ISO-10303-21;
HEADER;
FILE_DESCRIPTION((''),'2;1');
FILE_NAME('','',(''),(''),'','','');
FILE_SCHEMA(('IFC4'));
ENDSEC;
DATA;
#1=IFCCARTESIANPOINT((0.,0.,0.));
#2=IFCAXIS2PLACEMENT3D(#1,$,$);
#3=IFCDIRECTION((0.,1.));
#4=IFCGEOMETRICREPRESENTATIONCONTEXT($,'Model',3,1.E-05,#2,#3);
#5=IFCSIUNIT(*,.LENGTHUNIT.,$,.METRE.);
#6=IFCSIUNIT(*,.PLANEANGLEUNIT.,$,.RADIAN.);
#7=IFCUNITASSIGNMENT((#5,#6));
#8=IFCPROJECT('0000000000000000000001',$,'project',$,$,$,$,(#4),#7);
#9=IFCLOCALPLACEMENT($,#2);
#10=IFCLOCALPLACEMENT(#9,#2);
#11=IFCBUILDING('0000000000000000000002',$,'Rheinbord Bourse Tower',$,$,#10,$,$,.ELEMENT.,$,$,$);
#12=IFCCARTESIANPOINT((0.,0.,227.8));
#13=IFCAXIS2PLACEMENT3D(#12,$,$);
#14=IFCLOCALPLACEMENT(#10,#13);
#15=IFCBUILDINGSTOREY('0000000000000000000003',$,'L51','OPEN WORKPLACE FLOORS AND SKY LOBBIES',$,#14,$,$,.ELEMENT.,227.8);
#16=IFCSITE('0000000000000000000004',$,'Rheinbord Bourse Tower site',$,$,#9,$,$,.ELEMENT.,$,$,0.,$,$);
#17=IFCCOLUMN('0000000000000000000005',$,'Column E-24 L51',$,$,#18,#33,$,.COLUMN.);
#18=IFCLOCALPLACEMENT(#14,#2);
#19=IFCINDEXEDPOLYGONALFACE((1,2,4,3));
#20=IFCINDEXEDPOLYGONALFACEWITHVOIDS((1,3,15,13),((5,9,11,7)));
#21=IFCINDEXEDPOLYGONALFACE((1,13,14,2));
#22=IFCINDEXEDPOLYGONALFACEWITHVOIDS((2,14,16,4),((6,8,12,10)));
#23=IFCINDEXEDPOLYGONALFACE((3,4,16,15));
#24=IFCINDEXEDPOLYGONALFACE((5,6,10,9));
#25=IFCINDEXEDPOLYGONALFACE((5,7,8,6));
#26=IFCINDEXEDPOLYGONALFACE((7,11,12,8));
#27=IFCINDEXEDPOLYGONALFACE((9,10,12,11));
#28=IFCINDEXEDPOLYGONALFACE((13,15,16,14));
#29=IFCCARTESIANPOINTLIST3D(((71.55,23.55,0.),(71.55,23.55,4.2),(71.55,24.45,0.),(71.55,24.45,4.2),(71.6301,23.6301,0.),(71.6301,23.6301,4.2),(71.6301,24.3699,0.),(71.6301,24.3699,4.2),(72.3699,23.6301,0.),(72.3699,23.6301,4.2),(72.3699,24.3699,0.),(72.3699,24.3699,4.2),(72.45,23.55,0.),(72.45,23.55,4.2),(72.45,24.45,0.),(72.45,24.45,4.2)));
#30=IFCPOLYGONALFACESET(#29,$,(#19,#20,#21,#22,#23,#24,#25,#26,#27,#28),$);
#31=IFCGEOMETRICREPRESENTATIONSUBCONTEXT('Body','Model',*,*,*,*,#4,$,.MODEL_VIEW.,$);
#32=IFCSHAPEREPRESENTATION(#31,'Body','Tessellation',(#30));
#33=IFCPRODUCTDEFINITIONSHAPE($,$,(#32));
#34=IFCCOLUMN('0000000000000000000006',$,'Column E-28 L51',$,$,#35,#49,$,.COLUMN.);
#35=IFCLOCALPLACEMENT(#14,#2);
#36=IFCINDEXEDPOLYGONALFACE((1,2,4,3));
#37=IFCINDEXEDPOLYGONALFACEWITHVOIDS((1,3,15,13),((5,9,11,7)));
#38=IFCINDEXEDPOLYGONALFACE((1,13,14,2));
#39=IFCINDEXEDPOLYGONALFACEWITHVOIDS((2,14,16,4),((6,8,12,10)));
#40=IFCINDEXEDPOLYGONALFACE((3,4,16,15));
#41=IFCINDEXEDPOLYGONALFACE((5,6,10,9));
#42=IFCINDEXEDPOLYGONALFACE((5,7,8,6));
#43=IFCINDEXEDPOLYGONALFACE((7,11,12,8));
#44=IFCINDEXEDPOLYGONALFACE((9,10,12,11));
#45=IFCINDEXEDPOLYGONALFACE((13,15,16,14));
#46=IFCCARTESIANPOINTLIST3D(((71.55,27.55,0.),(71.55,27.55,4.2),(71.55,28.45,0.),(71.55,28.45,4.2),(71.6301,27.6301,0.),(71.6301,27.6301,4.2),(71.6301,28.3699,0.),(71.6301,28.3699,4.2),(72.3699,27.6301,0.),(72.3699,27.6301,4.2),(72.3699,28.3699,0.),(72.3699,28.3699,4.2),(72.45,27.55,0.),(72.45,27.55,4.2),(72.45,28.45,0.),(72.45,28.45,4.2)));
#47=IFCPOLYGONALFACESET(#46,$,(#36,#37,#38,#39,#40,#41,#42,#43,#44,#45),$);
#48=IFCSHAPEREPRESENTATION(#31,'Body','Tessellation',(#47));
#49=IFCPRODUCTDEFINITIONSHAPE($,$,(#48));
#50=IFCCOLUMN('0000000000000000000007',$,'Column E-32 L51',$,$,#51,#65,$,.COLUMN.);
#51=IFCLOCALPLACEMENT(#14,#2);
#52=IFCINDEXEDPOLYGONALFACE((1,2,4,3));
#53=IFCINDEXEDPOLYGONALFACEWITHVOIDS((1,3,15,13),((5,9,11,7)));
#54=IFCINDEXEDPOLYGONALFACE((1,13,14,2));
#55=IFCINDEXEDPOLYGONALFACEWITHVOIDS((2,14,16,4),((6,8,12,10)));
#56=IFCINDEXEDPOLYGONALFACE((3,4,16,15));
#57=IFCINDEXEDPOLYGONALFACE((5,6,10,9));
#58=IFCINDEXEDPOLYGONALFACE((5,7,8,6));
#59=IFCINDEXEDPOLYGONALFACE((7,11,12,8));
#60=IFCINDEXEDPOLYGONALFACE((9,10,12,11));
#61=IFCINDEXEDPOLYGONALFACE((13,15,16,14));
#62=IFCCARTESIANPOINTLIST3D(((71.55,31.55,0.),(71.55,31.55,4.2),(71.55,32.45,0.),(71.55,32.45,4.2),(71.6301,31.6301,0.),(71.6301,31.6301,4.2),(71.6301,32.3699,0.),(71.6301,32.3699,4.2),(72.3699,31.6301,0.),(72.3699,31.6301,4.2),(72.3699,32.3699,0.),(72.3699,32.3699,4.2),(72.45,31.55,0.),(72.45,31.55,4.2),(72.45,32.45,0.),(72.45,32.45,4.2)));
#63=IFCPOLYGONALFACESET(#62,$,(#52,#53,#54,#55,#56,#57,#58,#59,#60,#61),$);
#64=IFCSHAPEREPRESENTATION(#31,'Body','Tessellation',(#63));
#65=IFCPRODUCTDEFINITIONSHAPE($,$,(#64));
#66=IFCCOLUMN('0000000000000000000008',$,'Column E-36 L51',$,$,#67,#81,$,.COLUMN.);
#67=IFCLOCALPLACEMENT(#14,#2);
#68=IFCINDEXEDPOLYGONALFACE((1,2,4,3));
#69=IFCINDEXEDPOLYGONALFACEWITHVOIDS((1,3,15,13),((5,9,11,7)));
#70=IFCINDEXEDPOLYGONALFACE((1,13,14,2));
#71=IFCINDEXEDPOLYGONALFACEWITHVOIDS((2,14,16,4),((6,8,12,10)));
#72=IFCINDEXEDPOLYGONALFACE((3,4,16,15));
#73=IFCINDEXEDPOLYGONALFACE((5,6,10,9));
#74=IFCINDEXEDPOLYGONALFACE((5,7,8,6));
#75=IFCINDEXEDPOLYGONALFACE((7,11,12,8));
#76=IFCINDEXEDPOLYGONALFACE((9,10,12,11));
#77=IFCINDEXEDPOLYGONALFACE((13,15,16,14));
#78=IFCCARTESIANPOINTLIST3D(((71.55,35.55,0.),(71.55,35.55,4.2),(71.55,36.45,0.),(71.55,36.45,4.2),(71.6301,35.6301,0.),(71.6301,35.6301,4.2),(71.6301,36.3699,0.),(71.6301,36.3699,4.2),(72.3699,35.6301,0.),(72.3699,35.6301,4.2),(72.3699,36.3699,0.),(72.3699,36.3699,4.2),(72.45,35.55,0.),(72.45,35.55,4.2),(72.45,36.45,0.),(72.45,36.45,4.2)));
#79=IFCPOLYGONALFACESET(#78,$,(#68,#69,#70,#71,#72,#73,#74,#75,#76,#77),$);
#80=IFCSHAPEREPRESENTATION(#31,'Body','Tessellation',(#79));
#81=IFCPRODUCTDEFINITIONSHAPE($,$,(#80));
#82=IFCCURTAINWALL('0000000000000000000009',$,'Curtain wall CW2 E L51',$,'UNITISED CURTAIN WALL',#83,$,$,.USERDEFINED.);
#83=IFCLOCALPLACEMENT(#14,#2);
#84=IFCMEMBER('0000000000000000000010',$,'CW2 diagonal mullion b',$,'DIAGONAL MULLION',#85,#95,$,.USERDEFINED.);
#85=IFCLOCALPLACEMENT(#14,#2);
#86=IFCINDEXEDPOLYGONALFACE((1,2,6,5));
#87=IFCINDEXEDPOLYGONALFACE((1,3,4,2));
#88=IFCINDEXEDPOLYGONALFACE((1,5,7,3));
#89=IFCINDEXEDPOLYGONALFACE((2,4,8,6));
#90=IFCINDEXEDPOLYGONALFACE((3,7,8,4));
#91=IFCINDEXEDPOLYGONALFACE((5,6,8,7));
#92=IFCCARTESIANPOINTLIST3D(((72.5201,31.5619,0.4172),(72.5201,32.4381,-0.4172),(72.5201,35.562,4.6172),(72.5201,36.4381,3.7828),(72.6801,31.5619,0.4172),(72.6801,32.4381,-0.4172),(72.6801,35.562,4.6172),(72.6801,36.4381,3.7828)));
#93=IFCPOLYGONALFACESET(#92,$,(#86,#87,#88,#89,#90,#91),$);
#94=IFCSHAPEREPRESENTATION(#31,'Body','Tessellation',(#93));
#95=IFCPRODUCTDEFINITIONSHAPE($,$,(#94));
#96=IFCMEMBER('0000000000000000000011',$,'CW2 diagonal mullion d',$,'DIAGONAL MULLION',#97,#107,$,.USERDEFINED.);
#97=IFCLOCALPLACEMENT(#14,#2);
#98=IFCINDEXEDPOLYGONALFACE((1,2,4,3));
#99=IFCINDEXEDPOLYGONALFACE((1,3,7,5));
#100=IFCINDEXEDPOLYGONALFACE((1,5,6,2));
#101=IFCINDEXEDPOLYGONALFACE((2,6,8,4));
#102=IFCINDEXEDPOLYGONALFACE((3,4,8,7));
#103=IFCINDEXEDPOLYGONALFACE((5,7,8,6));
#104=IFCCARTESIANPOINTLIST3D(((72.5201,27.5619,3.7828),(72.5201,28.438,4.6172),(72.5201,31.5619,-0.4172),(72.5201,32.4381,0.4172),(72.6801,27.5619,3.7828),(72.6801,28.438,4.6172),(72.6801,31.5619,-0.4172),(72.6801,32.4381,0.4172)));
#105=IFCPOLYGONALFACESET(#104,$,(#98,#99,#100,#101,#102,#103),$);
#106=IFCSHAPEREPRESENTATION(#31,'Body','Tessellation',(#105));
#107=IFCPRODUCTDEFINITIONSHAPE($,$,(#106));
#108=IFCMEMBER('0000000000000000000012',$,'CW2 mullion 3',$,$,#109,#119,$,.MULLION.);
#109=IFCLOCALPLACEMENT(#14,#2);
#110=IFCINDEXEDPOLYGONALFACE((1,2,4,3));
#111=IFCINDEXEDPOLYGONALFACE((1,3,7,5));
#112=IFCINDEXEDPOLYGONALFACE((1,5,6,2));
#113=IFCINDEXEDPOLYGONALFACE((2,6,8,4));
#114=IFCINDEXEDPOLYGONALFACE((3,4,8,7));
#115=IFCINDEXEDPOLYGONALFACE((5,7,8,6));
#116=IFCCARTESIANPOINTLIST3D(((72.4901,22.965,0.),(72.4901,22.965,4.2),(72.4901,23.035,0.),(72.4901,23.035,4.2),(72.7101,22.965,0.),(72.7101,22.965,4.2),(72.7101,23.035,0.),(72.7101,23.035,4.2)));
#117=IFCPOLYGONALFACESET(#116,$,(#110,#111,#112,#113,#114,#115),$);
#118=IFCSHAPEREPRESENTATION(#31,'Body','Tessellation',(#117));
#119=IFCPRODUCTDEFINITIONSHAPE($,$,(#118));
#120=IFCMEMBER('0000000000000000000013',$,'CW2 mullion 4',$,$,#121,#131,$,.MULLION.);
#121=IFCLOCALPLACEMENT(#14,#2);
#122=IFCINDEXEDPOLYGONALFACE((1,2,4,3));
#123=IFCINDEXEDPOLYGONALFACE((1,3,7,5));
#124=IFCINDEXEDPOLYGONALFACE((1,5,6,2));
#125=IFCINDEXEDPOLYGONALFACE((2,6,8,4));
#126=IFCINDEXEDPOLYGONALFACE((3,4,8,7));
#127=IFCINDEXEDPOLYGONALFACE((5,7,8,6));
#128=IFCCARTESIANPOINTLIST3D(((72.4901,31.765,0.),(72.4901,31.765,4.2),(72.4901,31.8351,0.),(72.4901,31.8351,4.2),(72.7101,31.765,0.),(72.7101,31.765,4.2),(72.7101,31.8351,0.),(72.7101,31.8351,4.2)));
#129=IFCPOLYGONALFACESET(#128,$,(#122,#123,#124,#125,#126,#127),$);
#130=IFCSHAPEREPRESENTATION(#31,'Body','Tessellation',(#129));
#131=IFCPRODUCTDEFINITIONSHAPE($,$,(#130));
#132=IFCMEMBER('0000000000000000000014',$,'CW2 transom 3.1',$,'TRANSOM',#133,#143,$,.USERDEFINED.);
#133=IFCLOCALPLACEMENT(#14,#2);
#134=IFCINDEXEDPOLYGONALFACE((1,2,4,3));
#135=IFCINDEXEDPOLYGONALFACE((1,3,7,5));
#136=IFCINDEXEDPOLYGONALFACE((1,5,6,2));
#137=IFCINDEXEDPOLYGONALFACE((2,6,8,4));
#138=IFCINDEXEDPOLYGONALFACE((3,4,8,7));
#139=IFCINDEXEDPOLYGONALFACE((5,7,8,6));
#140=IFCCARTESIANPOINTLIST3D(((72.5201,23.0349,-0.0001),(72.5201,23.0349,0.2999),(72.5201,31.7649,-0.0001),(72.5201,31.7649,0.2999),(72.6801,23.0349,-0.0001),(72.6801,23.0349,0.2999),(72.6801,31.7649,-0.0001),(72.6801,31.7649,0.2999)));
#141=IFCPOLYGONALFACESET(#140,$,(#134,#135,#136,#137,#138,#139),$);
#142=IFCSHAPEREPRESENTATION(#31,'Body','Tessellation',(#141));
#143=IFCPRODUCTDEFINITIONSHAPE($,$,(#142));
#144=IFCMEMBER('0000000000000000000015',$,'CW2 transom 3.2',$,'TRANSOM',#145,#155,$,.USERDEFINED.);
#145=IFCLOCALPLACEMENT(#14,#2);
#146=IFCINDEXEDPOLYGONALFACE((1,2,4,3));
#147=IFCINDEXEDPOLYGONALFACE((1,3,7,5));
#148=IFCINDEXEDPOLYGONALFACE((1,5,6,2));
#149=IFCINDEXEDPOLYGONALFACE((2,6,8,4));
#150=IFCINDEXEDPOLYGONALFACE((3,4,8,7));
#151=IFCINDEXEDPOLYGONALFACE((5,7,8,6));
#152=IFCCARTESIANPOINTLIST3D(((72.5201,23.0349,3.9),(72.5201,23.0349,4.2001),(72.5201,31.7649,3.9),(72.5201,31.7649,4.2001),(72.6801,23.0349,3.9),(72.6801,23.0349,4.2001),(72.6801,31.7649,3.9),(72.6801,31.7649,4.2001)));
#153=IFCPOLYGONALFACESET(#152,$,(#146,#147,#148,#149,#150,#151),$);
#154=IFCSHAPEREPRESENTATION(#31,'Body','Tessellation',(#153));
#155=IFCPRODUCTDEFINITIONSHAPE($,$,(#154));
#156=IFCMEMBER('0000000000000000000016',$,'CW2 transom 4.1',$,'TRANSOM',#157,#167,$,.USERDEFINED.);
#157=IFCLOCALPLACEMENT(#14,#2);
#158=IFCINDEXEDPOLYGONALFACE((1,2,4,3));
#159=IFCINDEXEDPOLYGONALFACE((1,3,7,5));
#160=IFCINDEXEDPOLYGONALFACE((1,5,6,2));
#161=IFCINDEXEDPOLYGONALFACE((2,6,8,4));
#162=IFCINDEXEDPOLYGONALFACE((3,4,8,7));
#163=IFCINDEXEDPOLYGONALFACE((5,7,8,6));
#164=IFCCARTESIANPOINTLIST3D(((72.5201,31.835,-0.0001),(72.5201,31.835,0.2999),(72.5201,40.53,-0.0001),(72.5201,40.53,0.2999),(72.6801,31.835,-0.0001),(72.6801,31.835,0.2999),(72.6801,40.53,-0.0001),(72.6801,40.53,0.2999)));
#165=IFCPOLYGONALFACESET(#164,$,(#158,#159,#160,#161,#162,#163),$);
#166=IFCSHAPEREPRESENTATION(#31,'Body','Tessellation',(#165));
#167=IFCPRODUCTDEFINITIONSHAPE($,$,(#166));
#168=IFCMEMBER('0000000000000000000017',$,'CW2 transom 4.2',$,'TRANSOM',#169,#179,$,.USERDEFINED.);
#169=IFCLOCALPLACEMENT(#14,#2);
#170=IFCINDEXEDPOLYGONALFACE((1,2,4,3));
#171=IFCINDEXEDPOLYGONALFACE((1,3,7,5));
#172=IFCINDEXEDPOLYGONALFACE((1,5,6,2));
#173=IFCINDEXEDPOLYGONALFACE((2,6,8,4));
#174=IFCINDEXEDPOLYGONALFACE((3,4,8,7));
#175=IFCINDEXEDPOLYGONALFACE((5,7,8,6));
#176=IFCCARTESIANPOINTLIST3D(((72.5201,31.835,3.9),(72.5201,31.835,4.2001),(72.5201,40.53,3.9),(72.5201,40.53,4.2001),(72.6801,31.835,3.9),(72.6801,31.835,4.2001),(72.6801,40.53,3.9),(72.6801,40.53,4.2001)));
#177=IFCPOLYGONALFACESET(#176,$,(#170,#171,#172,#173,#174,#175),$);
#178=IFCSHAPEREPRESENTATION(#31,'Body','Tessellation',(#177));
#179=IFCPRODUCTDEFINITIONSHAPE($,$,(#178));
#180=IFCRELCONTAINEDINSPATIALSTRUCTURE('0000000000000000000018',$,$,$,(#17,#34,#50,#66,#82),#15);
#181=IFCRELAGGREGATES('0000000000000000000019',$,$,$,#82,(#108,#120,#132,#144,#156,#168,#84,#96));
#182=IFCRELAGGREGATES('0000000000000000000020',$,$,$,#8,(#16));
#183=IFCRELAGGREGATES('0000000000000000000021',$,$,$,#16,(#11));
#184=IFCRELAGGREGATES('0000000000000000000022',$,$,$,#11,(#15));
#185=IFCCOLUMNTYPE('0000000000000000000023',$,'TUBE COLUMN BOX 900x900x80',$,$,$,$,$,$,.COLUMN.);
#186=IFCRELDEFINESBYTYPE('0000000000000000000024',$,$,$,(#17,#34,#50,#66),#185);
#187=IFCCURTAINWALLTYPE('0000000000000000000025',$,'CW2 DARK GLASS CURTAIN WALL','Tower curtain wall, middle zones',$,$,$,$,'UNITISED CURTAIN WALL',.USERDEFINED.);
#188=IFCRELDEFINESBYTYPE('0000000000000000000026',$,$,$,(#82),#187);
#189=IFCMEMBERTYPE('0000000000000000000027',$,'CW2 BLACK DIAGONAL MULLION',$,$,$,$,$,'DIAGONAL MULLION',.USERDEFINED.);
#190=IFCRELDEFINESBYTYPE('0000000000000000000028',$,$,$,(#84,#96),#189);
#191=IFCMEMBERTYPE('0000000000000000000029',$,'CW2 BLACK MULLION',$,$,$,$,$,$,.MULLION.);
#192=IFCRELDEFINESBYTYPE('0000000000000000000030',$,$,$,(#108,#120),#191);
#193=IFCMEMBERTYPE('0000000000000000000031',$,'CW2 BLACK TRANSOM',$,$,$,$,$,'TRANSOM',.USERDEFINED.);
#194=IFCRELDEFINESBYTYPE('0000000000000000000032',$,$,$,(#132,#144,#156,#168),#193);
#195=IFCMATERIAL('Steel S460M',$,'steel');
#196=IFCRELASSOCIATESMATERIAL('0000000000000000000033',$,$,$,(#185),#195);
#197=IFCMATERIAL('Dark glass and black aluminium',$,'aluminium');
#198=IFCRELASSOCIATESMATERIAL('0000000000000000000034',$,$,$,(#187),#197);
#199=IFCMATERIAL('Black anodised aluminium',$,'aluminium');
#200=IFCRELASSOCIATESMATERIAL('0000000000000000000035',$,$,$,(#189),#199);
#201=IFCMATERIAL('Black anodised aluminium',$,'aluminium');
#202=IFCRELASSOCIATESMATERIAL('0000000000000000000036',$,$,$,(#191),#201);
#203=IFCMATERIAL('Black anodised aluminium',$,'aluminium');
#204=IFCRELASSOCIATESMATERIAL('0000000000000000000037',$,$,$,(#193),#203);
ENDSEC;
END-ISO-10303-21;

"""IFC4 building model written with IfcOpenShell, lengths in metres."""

from ifc_helpers import new_model, si_unit, direction, frame, origin, origin_2d, place, context, subcontext, project, spatial, rectangle, hollow_rectangle, extrude, material, material_profile, profile_set, type_object, element, aggregate, save


model = new_model("IFC4")

# Units and contexts
model_context = context("Model", 3, precision=1e-05, world=origin(), true_north=direction((0.0, 1.0)))
body_context = subcontext(model_context, "Body", "Model", "MODEL_VIEW")
ifc_project = project(units=[si_unit("LENGTHUNIT", "METRE"), si_unit("PLANEANGLEUNIT", "RADIAN")], contexts=[model_context])

# Site, building, storey
site_placement = place(None, origin())
site = spatial("IfcSite", under=ifc_project, at=site_placement, Name="Rheinbord Bourse Tower site", CompositionType="ELEMENT", RefElevation=0.0)
building_placement = place(site_placement, origin())
building = spatial("IfcBuilding", under=site, at=building_placement, Name="Rheinbord Bourse Tower", CompositionType="ELEMENT")
storey_placement = place(building_placement, frame((0.0, 0.0, 227.8)))
storey = spatial("IfcBuildingStorey", under=building, at=storey_placement, Name="L51", Description="OPEN WORKPLACE FLOORS AND SKY LOBBIES", CompositionType="ELEMENT", Elevation=227.8)

# Columns
ifc_material_1 = material(Name="Steel S460M", Category="steel")
ifc_material_profile_1 = material_profile(ifc_material_1, hollow_rectangle(XDim=0.8999, YDim=0.8999, WallThickness=0.0801, at=origin_2d()), Name="BOX 900x900x80")
ifc_profile_set_1 = profile_set([ifc_material_profile_1], Name="Steel S460M")
column_type = type_object("IfcColumnType", Name="TUBE COLUMN BOX 900x900x80", PredefinedType="COLUMN", material=ifc_profile_set_1)
for number, where, z_axis, x_axis, name in (
    (1, (72.0, 24.0, 0.0), (0.0, 0.0, 1.0), (1.0, 0.0, 0.0), "Column E-24 L51"),
    (2, (72.0, 28.0, 0.0), (0.0, 0.0, 1.0), (1.0, 0.0, 0.0), "Column E-28 L51"),
    (3, (72.0, 32.0, 0.0), (0.0, 0.0, 1.0), (1.0, 0.0, 0.0), "Column E-32 L51"),
    (4, (72.0, 36.0, 0.0), (0.0, 0.0, 1.0), (1.0, 0.0, 0.0), "Column E-36 L51"),
):
    element("IfcColumn", number, at=place(storey_placement, frame(where, z_axis=z_axis, x_axis=x_axis)), inside=storey, type_object=column_type, Name=name, PredefinedType="COLUMN", context=body_context, shape_type="SweptSolid", body=[
        extrude(hollow_rectangle(XDim=0.8999, YDim=0.8999, WallThickness=0.0801, at=origin_2d()), origin(), (0.0, 0.0, 1.0), 4.2),
    ])

# Curtain wall, members
ifc_material_2 = material(Name="Dark glass and black aluminium", Category="aluminium")
curtain_wall_type = type_object("IfcCurtainWallType", Name="CW2 DARK GLASS CURTAIN WALL", Description="Tower curtain wall, middle zones", ElementType="UNITISED CURTAIN WALL", PredefinedType="USERDEFINED", material=ifc_material_2)
curtain_wall_placement = place(storey_placement, origin())
curtain_wall = element("IfcCurtainWall", 5, at=curtain_wall_placement, inside=storey, type_object=curtain_wall_type, Name="Curtain wall CW2 E L51", ObjectType="UNITISED CURTAIN WALL", PredefinedType="USERDEFINED")
ifc_material_3 = material(Name="Black anodised aluminium", Category="aluminium")
ifc_material_profile_2 = material_profile(ifc_material_3, rectangle(XDim=0.1599, YDim=1.21, at=origin_2d()), Name="CW2 DIAGONAL MULLION 1210x160")
ifc_profile_set_2 = profile_set([ifc_material_profile_2], Name="Black anodised aluminium")
member_type_1 = type_object("IfcMemberType", Name="CW2 BLACK DIAGONAL MULLION", ElementType="DIAGONAL MULLION", PredefinedType="USERDEFINED", material=ifc_profile_set_2)
member_1_placement = place(storey_placement, frame((72.6001, 32.0, 0.0), z_axis=(0.0, 0.689659, 0.724134), x_axis=(-1.0, 0.0, 0.0)))
member_1 = element("IfcMember", 6, at=member_1_placement, type_object=member_type_1, Name="CW2 diagonal mullion b", ObjectType="DIAGONAL MULLION", PredefinedType="USERDEFINED", context=body_context, shape_type="SweptSolid", body=[
    extrude(rectangle(XDim=0.1599, YDim=1.21, at=origin_2d()), origin(), (0.0, 0.0, 1.0), 5.8),
])
member_2_placement = place(storey_placement, frame((72.6001, 32.0, 0.0), z_axis=(0.0, -0.689659, 0.724134), x_axis=(1.0, 0.0, 0.0)))
member_2 = element("IfcMember", 7, at=member_2_placement, type_object=member_type_1, Name="CW2 diagonal mullion d", ObjectType="DIAGONAL MULLION", PredefinedType="USERDEFINED", context=body_context, shape_type="SweptSolid", body=[
    extrude(rectangle(XDim=0.1599, YDim=1.21, at=origin_2d()), origin(), (0.0, 0.0, 1.0), 5.8),
])
ifc_material_4 = material(Name="Black anodised aluminium", Category="aluminium")
ifc_material_profile_3 = material_profile(ifc_material_4, rectangle(XDim=0.22, YDim=0.0701, at=origin_2d()), Name="CW2 MULLION 70x220")
ifc_profile_set_3 = profile_set([ifc_material_profile_3], Name="Black anodised aluminium")
member_type_2 = type_object("IfcMemberType", Name="CW2 BLACK MULLION", PredefinedType="MULLION", material=ifc_profile_set_3)
member_3_placement = place(storey_placement, frame((72.6001, 23.0, 0.0), z_axis=(0.0, 0.0, 1.0), x_axis=(-1.0, 0.0, 0.0)))
member_3 = element("IfcMember", 8, at=member_3_placement, type_object=member_type_2, Name="CW2 mullion 3", PredefinedType="MULLION", context=body_context, shape_type="SweptSolid", body=[
    extrude(rectangle(XDim=0.22, YDim=0.0701, at=origin_2d()), origin(), (0.0, 0.0, 1.0), 4.2),
])
member_4_placement = place(storey_placement, frame((72.6001, 31.8, 0.0), z_axis=(0.0, 0.0, 1.0), x_axis=(-1.0, 0.0, 0.0)))
member_4 = element("IfcMember", 9, at=member_4_placement, type_object=member_type_2, Name="CW2 mullion 4", PredefinedType="MULLION", context=body_context, shape_type="SweptSolid", body=[
    extrude(rectangle(XDim=0.22, YDim=0.0701, at=origin_2d()), origin(), (0.0, 0.0, 1.0), 4.2),
])
ifc_material_5 = material(Name="Black anodised aluminium", Category="aluminium")
ifc_material_profile_4 = material_profile(ifc_material_5, rectangle(XDim=0.1599, YDim=0.3, at=origin_2d()), Name="CW2 TRANSOM 300x160")
ifc_profile_set_4 = profile_set([ifc_material_profile_4], Name="Black anodised aluminium")
member_type_3 = type_object("IfcMemberType", Name="CW2 BLACK TRANSOM", ElementType="TRANSOM", PredefinedType="USERDEFINED", material=ifc_profile_set_4)
member_5_placement = place(storey_placement, frame((72.6001, 23.0349, 0.1499), z_axis=(0.0, 1.0, 0.0), x_axis=(-1.0, 0.0, 0.0)))
member_5 = element("IfcMember", 10, at=member_5_placement, type_object=member_type_3, Name="CW2 transom 3.1", ObjectType="TRANSOM", PredefinedType="USERDEFINED", context=body_context, shape_type="SweptSolid", body=[
    extrude(rectangle(XDim=0.1599, YDim=0.3, at=origin_2d()), origin(), (0.0, 0.0, 1.0), 8.73),
])
member_6_placement = place(storey_placement, frame((72.6001, 23.0349, 4.05), z_axis=(0.0, 1.0, 0.0), x_axis=(-1.0, 0.0, 0.0)))
member_6 = element("IfcMember", 11, at=member_6_placement, type_object=member_type_3, Name="CW2 transom 3.2", ObjectType="TRANSOM", PredefinedType="USERDEFINED", context=body_context, shape_type="SweptSolid", body=[
    extrude(rectangle(XDim=0.1599, YDim=0.3, at=origin_2d()), origin(), (0.0, 0.0, 1.0), 8.73),
])
member_7_placement = place(storey_placement, frame((72.6001, 31.835, 0.1499), z_axis=(0.0, 1.0, 0.0), x_axis=(-1.0, 0.0, 0.0)))
member_7 = element("IfcMember", 12, at=member_7_placement, type_object=member_type_3, Name="CW2 transom 4.1", ObjectType="TRANSOM", PredefinedType="USERDEFINED", context=body_context, shape_type="SweptSolid", body=[
    extrude(rectangle(XDim=0.1599, YDim=0.3, at=origin_2d()), origin(), (0.0, 0.0, 1.0), 8.6951),
])
member_8_placement = place(storey_placement, frame((72.6001, 31.835, 4.05), z_axis=(0.0, 1.0, 0.0), x_axis=(-1.0, 0.0, 0.0)))
member_8 = element("IfcMember", 13, at=member_8_placement, type_object=member_type_3, Name="CW2 transom 4.2", ObjectType="TRANSOM", PredefinedType="USERDEFINED", context=body_context, shape_type="SweptSolid", body=[
    extrude(rectangle(XDim=0.1599, YDim=0.3, at=origin_2d()), origin(), (0.0, 0.0, 1.0), 8.6951),
])

aggregate(curtain_wall, [member_3, member_4, member_5, member_6, member_7, member_8, member_1, member_2])

save(model, "model.ifc")
